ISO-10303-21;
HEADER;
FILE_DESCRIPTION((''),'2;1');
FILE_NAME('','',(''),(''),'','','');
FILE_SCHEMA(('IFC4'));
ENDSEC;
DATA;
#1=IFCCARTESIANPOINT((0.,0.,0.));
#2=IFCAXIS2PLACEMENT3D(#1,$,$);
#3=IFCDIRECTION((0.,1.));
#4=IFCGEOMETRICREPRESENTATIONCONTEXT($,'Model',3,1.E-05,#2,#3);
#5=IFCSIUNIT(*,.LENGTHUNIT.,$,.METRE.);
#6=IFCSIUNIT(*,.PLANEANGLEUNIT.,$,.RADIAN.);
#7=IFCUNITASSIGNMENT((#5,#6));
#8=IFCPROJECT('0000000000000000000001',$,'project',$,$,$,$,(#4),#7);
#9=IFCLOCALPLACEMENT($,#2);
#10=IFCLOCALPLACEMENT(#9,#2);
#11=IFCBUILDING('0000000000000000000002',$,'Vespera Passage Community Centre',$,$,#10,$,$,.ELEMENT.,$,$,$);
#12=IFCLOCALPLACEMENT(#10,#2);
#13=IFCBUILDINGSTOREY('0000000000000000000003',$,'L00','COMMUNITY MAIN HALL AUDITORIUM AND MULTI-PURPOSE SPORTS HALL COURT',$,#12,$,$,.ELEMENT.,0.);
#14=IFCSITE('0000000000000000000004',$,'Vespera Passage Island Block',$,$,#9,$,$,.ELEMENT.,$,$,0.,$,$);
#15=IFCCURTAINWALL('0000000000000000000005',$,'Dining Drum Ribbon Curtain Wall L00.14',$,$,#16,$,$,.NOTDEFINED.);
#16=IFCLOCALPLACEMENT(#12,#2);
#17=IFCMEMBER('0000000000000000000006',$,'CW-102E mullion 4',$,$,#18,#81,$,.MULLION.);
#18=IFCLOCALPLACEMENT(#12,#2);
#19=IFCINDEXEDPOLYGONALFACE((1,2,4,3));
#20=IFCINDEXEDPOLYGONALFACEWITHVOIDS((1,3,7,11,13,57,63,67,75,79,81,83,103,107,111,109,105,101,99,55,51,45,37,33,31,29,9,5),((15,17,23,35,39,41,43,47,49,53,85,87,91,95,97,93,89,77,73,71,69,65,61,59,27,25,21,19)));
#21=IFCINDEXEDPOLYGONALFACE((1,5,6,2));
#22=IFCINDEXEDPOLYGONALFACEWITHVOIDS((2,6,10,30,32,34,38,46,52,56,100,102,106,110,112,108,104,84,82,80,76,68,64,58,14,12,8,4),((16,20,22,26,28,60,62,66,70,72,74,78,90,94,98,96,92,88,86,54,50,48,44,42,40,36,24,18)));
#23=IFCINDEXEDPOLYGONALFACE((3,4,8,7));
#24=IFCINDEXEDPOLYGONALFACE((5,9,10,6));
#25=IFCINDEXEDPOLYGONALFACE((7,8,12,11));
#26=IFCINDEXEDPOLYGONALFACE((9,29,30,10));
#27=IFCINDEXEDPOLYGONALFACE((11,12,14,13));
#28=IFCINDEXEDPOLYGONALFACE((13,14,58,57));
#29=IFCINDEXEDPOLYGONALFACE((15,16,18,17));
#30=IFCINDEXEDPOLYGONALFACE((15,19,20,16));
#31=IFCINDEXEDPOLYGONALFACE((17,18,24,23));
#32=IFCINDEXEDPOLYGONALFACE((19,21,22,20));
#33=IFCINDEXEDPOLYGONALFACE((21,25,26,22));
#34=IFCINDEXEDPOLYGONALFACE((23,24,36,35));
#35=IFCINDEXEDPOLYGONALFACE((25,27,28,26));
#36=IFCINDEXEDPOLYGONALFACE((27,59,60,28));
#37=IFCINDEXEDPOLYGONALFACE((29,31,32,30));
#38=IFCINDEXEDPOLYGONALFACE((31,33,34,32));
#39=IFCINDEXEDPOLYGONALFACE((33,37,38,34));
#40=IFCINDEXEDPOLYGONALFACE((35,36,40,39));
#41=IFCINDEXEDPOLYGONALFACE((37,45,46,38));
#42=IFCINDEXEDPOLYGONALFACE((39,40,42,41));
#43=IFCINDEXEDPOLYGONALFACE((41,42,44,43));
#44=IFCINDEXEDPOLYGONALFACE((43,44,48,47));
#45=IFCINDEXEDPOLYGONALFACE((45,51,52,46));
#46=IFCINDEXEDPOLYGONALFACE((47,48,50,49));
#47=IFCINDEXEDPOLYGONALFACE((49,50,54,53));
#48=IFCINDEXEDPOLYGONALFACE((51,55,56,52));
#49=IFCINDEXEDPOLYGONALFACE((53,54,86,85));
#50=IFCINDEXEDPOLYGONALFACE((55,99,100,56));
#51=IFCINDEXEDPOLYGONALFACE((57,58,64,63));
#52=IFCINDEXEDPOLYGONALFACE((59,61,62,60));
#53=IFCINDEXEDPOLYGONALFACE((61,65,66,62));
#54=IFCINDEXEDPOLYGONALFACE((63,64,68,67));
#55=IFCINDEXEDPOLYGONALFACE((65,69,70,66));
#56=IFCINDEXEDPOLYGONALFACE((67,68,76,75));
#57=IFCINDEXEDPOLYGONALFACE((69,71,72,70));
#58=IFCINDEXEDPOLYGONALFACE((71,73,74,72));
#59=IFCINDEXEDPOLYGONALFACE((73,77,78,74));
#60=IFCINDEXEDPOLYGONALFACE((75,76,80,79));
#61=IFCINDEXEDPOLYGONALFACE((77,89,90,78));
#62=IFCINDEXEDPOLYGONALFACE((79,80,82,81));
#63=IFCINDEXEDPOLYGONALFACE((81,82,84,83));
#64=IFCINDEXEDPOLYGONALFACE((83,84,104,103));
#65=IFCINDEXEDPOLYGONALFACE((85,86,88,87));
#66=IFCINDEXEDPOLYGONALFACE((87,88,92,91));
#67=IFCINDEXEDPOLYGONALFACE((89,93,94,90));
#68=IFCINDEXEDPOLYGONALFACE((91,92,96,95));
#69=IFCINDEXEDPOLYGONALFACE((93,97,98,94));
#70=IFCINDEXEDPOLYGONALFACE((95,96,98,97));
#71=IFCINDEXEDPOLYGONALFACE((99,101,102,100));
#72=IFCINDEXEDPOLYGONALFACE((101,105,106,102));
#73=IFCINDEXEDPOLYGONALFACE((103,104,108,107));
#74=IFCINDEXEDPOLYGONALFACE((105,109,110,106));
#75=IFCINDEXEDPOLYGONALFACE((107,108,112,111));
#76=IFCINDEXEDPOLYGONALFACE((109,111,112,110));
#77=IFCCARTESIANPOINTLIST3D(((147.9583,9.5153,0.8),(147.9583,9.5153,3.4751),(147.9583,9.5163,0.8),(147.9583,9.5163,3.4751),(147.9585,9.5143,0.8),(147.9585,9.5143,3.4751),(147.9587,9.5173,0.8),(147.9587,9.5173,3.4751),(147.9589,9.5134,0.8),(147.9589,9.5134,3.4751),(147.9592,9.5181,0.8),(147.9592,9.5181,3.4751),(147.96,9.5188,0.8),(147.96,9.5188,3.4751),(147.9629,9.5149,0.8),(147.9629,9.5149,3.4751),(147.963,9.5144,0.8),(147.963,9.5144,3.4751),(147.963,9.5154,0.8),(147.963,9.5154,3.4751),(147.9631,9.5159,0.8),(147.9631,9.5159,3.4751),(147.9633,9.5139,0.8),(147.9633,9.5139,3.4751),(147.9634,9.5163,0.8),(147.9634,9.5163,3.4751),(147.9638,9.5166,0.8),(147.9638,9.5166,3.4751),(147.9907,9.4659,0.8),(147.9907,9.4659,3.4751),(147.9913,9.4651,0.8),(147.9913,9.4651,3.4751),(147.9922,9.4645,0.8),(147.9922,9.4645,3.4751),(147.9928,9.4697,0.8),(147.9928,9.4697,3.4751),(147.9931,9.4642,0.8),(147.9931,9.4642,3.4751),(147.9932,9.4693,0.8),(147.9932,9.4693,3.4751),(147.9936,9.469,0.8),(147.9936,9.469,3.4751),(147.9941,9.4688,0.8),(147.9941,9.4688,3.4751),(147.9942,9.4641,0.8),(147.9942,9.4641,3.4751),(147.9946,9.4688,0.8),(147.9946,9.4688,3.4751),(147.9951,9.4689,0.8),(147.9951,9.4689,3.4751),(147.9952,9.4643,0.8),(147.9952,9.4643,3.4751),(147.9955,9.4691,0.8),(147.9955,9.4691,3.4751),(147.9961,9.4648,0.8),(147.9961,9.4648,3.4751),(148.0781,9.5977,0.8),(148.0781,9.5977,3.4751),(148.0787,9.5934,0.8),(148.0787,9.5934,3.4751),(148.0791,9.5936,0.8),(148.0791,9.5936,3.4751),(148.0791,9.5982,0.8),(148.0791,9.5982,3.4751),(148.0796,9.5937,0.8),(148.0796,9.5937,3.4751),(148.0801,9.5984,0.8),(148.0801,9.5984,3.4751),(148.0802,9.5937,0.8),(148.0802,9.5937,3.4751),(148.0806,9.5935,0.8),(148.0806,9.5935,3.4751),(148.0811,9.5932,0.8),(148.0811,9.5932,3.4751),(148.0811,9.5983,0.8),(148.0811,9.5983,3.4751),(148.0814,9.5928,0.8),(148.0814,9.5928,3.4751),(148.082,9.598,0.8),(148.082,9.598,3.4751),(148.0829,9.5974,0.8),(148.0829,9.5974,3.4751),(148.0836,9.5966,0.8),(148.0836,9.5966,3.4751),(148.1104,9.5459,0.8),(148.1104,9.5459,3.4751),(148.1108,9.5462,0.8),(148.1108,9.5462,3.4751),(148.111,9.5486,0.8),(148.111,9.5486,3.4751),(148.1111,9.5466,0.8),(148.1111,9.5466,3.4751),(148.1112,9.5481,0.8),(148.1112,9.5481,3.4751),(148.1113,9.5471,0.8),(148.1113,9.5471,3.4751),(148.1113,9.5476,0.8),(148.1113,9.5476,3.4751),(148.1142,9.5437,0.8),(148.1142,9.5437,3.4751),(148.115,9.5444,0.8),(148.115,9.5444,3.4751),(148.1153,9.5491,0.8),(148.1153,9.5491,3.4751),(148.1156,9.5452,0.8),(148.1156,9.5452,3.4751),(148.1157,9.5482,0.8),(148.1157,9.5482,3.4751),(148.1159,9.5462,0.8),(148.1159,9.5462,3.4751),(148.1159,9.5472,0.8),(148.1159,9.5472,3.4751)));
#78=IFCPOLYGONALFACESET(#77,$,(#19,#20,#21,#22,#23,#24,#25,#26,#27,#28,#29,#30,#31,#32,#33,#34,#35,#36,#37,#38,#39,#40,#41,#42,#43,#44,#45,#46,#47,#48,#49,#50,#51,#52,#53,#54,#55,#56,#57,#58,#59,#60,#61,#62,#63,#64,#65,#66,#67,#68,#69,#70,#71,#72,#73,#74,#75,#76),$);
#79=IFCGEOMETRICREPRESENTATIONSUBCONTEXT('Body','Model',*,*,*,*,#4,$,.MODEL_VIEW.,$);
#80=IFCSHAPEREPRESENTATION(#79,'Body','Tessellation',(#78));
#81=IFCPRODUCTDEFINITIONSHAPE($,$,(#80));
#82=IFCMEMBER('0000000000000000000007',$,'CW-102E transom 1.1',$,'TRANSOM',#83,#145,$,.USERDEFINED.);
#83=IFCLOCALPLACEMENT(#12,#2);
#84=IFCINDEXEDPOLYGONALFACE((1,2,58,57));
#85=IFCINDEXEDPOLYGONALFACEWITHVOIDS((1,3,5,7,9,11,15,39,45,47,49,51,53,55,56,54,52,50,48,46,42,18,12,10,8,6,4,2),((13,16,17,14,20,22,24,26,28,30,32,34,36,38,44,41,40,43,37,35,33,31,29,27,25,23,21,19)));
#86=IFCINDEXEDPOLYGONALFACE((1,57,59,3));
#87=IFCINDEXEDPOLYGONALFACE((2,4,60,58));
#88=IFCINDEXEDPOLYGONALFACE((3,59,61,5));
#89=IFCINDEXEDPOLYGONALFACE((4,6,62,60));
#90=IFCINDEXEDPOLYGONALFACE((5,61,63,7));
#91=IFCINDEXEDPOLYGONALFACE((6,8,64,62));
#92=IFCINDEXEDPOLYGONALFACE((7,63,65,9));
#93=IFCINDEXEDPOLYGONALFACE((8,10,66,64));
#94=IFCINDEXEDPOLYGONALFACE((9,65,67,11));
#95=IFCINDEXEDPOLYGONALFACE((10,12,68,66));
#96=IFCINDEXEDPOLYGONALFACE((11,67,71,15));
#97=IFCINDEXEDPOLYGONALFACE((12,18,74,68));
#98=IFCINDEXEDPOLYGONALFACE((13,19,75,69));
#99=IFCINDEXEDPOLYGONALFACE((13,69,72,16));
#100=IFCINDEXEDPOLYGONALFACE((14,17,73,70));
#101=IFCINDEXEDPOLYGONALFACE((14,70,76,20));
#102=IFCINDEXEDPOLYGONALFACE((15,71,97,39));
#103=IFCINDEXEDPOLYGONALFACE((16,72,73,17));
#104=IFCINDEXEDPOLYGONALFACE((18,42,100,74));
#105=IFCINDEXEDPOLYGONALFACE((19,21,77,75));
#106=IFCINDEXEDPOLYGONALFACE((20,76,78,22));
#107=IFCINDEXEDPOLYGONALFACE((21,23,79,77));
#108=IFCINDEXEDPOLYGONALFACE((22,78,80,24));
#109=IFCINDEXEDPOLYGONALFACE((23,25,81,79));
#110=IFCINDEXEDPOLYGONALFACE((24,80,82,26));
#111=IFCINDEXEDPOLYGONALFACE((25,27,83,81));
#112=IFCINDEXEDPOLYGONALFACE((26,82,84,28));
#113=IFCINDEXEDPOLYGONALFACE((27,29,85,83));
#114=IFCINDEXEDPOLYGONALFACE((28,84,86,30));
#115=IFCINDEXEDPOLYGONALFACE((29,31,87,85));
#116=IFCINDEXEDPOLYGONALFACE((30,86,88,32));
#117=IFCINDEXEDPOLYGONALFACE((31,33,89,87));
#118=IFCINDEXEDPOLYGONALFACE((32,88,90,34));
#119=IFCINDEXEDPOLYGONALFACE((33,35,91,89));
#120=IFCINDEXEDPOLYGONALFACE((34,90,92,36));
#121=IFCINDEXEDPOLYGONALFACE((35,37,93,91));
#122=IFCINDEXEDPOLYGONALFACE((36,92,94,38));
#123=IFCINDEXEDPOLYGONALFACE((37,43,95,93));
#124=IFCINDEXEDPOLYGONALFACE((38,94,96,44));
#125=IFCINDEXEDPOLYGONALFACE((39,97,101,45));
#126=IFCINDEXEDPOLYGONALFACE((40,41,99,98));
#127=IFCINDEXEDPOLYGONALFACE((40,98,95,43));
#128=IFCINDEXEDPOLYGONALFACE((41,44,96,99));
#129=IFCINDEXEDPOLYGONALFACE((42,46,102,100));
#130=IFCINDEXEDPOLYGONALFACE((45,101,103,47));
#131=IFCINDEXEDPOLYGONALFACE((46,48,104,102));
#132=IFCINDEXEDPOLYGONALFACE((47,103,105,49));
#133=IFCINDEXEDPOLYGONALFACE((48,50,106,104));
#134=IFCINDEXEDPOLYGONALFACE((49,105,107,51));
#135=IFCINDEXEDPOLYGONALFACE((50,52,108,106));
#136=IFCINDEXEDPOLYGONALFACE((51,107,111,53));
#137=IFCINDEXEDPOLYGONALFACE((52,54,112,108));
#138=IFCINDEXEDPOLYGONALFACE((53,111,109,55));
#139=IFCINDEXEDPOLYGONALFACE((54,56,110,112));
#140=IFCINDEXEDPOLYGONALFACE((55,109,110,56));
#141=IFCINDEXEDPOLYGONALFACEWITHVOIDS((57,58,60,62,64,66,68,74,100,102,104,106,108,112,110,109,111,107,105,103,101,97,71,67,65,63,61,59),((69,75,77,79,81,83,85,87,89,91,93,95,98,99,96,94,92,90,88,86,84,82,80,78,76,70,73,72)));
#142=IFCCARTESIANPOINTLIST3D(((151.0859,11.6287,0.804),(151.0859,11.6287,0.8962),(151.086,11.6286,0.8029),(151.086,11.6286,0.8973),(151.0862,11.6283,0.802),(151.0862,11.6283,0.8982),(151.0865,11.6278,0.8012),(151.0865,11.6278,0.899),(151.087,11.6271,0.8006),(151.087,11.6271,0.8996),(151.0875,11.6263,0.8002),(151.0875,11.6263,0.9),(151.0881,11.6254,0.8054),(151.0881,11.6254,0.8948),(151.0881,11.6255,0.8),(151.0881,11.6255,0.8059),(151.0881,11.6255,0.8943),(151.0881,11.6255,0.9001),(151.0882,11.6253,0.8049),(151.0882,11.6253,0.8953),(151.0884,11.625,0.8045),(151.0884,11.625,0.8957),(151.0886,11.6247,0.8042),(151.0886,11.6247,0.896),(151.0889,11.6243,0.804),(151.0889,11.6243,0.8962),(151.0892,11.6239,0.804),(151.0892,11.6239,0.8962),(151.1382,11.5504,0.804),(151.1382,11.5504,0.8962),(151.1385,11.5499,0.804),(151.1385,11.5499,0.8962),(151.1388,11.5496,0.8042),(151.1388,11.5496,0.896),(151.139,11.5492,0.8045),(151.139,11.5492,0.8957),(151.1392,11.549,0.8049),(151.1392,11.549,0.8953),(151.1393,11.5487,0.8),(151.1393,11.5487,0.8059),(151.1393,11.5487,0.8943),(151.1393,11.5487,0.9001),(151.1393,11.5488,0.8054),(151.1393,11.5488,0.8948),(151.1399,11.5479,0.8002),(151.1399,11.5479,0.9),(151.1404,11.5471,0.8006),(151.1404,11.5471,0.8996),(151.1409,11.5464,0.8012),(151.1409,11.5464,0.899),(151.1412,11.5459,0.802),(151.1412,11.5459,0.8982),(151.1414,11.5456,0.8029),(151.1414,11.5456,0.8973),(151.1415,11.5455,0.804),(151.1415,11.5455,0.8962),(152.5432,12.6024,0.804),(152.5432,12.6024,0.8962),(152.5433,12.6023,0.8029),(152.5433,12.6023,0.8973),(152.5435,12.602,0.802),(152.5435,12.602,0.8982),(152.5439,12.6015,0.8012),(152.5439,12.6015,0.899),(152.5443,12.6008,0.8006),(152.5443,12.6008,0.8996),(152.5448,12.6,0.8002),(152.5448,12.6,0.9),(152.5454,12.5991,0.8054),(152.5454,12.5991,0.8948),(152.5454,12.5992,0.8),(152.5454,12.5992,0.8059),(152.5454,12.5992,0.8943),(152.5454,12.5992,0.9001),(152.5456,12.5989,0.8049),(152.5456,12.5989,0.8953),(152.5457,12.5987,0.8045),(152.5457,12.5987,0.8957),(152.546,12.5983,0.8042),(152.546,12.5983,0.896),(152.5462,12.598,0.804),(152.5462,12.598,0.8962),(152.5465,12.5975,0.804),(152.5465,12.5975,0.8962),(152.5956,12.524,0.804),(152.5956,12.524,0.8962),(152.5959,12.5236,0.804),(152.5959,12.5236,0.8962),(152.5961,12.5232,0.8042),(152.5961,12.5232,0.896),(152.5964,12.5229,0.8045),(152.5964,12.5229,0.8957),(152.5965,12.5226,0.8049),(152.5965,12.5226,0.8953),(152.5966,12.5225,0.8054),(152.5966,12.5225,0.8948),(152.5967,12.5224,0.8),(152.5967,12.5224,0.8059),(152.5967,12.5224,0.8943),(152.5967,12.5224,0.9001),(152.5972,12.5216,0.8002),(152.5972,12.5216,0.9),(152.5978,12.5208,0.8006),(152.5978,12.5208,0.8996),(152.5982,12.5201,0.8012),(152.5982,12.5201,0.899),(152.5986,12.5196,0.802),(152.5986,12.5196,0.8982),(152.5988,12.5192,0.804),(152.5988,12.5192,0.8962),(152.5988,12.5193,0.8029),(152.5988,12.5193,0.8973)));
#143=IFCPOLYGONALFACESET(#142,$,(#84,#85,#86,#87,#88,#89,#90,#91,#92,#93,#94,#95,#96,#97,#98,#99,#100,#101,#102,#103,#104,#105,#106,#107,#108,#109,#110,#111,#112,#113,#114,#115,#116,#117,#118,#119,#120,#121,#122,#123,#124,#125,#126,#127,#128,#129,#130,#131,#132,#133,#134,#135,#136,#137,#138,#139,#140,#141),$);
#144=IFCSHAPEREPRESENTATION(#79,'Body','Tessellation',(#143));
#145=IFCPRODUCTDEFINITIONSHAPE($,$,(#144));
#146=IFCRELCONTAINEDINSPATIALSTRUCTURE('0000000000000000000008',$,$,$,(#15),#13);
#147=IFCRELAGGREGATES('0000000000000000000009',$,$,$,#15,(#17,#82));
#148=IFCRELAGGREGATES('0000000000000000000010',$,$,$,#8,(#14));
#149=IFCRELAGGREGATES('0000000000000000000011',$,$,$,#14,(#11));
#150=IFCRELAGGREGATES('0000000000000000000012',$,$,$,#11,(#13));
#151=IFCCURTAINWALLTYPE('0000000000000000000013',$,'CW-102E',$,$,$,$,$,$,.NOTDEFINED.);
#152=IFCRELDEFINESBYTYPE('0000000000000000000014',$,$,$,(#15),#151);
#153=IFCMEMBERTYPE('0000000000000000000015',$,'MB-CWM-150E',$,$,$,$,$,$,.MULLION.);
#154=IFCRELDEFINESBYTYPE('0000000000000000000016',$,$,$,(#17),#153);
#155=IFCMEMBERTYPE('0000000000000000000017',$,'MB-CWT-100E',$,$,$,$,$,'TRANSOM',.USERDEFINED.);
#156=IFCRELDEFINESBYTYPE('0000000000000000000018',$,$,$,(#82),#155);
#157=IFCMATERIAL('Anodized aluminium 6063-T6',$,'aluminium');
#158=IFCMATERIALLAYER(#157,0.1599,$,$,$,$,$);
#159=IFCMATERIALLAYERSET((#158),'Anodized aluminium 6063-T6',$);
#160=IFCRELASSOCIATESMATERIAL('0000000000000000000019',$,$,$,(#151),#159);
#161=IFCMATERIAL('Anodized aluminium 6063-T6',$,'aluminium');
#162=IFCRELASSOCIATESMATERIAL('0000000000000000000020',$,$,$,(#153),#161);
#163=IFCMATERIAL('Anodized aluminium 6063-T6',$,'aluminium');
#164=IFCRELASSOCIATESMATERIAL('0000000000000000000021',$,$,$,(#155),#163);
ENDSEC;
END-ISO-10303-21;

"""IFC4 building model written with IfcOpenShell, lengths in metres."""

from ifc_helpers import new_model, si_unit, direction, frame, origin, origin_2d, place, context, subcontext, project, spatial, hollow_rectangle, extrude, material, layer, layer_set, material_profile, profile_set, type_object, element, aggregate, save


model = new_model("IFC4")

# Units and contexts
model_context = context("Model", 3, precision=1e-05, world=origin(), true_north=direction((0.0, 1.0)))
body_context = subcontext(model_context, "Body", "Model", "MODEL_VIEW")
ifc_project = project(units=[si_unit("LENGTHUNIT", "METRE"), si_unit("PLANEANGLEUNIT", "RADIAN")], contexts=[model_context])

# Site, building, storey
site_placement = place(None, origin())
site = spatial("IfcSite", under=ifc_project, at=site_placement, Name="Vespera Passage Island Block", CompositionType="ELEMENT", RefElevation=0.0)
building_placement = place(site_placement, origin())
building = spatial("IfcBuilding", under=site, at=building_placement, Name="Vespera Passage Community Centre", CompositionType="ELEMENT")
storey_placement = place(building_placement, origin())
storey = spatial("IfcBuildingStorey", under=building, at=storey_placement, Name="L00", Description="COMMUNITY MAIN HALL AUDITORIUM AND MULTI-PURPOSE SPORTS HALL COURT", CompositionType="ELEMENT", Elevation=0.0)

# Curtain wall, members
ifc_material_1 = material(Name="Anodized aluminium 6063-T6", Category="aluminium")
ifc_layer_1 = layer(ifc_material_1, 0.1599)
ifc_layer_set_1 = layer_set([ifc_layer_1], Name="Anodized aluminium 6063-T6")
curtain_wall_type = type_object("IfcCurtainWallType", Name="CW-102E", PredefinedType="NOTDEFINED", material=ifc_layer_set_1)
curtain_wall_placement = place(storey_placement, origin())
curtain_wall = element("IfcCurtainWall", 1, at=curtain_wall_placement, inside=storey, type_object=curtain_wall_type, Name="Dining Drum Ribbon Curtain Wall L00.14", PredefinedType="NOTDEFINED")
ifc_material_2 = material(Name="Anodized aluminium 6063-T6", Category="aluminium")
ifc_material_profile_1 = material_profile(ifc_material_2, hollow_rectangle(XDim=0.0649, YDim=0.1499, WallThickness=0.0039, InnerFilletRadius=0.002, OuterFilletRadius=0.0039, at=origin_2d()), Name="ALU150X65X4")
ifc_profile_set_1 = profile_set([ifc_material_profile_1], Name="Anodized aluminium 6063-T6")
member_type_1 = type_object("IfcMemberType", Name="MB-CWM-150E", PredefinedType="MULLION", material=ifc_profile_set_1)
member_1_placement = place(storey_placement, frame((148.0371, 9.5312, 0.8), z_axis=(0.0, 0.0, 1.0), x_axis=(0.555565, -0.831473, 0.0)))
member_1 = element("IfcMember", 2, at=member_1_placement, type_object=member_type_1, Name="CW-102E mullion 4", PredefinedType="MULLION", context=body_context, shape_type="SweptSolid", body=[
    extrude(hollow_rectangle(XDim=0.0649, YDim=0.1499, WallThickness=0.0039, InnerFilletRadius=0.002, OuterFilletRadius=0.0039, at=origin_2d()), origin(), (0.0, 0.0, 1.0), 2.675),
])
ifc_material_3 = material(Name="Anodized aluminium 6063-T6", Category="aluminium")
ifc_material_profile_2 = material_profile(ifc_material_3, hollow_rectangle(XDim=0.1001, YDim=0.1001, WallThickness=0.0039, InnerFilletRadius=0.002, OuterFilletRadius=0.0039, at=origin_2d()), Name="ALU100X100X4")
ifc_profile_set_2 = profile_set([ifc_material_profile_2], Name="Anodized aluminium 6063-T6")
member_type_2 = type_object("IfcMemberType", Name="MB-CWT-100E", ElementType="TRANSOM", PredefinedType="USERDEFINED", material=ifc_profile_set_2)
member_2_placement = place(storey_placement, frame((152.571, 12.5608, 0.8501), z_axis=(-0.831493, -0.555536, 0.0), x_axis=(0.555536, -0.831493, 0.0)))
member_2 = element("IfcMember", 3, at=member_2_placement, type_object=member_type_2, Name="CW-102E transom 1.1", ObjectType="TRANSOM", PredefinedType="USERDEFINED", context=body_context, shape_type="SweptSolid", body=[
    extrude(hollow_rectangle(XDim=0.1001, YDim=0.1001, WallThickness=0.0039, InnerFilletRadius=0.002, OuterFilletRadius=0.0039, at=origin_2d()), origin(), (0.0, 0.0, 1.0), 1.7527),
])
aggregate(curtain_wall, [member_1, member_2])

save(model, "model.ifc")
